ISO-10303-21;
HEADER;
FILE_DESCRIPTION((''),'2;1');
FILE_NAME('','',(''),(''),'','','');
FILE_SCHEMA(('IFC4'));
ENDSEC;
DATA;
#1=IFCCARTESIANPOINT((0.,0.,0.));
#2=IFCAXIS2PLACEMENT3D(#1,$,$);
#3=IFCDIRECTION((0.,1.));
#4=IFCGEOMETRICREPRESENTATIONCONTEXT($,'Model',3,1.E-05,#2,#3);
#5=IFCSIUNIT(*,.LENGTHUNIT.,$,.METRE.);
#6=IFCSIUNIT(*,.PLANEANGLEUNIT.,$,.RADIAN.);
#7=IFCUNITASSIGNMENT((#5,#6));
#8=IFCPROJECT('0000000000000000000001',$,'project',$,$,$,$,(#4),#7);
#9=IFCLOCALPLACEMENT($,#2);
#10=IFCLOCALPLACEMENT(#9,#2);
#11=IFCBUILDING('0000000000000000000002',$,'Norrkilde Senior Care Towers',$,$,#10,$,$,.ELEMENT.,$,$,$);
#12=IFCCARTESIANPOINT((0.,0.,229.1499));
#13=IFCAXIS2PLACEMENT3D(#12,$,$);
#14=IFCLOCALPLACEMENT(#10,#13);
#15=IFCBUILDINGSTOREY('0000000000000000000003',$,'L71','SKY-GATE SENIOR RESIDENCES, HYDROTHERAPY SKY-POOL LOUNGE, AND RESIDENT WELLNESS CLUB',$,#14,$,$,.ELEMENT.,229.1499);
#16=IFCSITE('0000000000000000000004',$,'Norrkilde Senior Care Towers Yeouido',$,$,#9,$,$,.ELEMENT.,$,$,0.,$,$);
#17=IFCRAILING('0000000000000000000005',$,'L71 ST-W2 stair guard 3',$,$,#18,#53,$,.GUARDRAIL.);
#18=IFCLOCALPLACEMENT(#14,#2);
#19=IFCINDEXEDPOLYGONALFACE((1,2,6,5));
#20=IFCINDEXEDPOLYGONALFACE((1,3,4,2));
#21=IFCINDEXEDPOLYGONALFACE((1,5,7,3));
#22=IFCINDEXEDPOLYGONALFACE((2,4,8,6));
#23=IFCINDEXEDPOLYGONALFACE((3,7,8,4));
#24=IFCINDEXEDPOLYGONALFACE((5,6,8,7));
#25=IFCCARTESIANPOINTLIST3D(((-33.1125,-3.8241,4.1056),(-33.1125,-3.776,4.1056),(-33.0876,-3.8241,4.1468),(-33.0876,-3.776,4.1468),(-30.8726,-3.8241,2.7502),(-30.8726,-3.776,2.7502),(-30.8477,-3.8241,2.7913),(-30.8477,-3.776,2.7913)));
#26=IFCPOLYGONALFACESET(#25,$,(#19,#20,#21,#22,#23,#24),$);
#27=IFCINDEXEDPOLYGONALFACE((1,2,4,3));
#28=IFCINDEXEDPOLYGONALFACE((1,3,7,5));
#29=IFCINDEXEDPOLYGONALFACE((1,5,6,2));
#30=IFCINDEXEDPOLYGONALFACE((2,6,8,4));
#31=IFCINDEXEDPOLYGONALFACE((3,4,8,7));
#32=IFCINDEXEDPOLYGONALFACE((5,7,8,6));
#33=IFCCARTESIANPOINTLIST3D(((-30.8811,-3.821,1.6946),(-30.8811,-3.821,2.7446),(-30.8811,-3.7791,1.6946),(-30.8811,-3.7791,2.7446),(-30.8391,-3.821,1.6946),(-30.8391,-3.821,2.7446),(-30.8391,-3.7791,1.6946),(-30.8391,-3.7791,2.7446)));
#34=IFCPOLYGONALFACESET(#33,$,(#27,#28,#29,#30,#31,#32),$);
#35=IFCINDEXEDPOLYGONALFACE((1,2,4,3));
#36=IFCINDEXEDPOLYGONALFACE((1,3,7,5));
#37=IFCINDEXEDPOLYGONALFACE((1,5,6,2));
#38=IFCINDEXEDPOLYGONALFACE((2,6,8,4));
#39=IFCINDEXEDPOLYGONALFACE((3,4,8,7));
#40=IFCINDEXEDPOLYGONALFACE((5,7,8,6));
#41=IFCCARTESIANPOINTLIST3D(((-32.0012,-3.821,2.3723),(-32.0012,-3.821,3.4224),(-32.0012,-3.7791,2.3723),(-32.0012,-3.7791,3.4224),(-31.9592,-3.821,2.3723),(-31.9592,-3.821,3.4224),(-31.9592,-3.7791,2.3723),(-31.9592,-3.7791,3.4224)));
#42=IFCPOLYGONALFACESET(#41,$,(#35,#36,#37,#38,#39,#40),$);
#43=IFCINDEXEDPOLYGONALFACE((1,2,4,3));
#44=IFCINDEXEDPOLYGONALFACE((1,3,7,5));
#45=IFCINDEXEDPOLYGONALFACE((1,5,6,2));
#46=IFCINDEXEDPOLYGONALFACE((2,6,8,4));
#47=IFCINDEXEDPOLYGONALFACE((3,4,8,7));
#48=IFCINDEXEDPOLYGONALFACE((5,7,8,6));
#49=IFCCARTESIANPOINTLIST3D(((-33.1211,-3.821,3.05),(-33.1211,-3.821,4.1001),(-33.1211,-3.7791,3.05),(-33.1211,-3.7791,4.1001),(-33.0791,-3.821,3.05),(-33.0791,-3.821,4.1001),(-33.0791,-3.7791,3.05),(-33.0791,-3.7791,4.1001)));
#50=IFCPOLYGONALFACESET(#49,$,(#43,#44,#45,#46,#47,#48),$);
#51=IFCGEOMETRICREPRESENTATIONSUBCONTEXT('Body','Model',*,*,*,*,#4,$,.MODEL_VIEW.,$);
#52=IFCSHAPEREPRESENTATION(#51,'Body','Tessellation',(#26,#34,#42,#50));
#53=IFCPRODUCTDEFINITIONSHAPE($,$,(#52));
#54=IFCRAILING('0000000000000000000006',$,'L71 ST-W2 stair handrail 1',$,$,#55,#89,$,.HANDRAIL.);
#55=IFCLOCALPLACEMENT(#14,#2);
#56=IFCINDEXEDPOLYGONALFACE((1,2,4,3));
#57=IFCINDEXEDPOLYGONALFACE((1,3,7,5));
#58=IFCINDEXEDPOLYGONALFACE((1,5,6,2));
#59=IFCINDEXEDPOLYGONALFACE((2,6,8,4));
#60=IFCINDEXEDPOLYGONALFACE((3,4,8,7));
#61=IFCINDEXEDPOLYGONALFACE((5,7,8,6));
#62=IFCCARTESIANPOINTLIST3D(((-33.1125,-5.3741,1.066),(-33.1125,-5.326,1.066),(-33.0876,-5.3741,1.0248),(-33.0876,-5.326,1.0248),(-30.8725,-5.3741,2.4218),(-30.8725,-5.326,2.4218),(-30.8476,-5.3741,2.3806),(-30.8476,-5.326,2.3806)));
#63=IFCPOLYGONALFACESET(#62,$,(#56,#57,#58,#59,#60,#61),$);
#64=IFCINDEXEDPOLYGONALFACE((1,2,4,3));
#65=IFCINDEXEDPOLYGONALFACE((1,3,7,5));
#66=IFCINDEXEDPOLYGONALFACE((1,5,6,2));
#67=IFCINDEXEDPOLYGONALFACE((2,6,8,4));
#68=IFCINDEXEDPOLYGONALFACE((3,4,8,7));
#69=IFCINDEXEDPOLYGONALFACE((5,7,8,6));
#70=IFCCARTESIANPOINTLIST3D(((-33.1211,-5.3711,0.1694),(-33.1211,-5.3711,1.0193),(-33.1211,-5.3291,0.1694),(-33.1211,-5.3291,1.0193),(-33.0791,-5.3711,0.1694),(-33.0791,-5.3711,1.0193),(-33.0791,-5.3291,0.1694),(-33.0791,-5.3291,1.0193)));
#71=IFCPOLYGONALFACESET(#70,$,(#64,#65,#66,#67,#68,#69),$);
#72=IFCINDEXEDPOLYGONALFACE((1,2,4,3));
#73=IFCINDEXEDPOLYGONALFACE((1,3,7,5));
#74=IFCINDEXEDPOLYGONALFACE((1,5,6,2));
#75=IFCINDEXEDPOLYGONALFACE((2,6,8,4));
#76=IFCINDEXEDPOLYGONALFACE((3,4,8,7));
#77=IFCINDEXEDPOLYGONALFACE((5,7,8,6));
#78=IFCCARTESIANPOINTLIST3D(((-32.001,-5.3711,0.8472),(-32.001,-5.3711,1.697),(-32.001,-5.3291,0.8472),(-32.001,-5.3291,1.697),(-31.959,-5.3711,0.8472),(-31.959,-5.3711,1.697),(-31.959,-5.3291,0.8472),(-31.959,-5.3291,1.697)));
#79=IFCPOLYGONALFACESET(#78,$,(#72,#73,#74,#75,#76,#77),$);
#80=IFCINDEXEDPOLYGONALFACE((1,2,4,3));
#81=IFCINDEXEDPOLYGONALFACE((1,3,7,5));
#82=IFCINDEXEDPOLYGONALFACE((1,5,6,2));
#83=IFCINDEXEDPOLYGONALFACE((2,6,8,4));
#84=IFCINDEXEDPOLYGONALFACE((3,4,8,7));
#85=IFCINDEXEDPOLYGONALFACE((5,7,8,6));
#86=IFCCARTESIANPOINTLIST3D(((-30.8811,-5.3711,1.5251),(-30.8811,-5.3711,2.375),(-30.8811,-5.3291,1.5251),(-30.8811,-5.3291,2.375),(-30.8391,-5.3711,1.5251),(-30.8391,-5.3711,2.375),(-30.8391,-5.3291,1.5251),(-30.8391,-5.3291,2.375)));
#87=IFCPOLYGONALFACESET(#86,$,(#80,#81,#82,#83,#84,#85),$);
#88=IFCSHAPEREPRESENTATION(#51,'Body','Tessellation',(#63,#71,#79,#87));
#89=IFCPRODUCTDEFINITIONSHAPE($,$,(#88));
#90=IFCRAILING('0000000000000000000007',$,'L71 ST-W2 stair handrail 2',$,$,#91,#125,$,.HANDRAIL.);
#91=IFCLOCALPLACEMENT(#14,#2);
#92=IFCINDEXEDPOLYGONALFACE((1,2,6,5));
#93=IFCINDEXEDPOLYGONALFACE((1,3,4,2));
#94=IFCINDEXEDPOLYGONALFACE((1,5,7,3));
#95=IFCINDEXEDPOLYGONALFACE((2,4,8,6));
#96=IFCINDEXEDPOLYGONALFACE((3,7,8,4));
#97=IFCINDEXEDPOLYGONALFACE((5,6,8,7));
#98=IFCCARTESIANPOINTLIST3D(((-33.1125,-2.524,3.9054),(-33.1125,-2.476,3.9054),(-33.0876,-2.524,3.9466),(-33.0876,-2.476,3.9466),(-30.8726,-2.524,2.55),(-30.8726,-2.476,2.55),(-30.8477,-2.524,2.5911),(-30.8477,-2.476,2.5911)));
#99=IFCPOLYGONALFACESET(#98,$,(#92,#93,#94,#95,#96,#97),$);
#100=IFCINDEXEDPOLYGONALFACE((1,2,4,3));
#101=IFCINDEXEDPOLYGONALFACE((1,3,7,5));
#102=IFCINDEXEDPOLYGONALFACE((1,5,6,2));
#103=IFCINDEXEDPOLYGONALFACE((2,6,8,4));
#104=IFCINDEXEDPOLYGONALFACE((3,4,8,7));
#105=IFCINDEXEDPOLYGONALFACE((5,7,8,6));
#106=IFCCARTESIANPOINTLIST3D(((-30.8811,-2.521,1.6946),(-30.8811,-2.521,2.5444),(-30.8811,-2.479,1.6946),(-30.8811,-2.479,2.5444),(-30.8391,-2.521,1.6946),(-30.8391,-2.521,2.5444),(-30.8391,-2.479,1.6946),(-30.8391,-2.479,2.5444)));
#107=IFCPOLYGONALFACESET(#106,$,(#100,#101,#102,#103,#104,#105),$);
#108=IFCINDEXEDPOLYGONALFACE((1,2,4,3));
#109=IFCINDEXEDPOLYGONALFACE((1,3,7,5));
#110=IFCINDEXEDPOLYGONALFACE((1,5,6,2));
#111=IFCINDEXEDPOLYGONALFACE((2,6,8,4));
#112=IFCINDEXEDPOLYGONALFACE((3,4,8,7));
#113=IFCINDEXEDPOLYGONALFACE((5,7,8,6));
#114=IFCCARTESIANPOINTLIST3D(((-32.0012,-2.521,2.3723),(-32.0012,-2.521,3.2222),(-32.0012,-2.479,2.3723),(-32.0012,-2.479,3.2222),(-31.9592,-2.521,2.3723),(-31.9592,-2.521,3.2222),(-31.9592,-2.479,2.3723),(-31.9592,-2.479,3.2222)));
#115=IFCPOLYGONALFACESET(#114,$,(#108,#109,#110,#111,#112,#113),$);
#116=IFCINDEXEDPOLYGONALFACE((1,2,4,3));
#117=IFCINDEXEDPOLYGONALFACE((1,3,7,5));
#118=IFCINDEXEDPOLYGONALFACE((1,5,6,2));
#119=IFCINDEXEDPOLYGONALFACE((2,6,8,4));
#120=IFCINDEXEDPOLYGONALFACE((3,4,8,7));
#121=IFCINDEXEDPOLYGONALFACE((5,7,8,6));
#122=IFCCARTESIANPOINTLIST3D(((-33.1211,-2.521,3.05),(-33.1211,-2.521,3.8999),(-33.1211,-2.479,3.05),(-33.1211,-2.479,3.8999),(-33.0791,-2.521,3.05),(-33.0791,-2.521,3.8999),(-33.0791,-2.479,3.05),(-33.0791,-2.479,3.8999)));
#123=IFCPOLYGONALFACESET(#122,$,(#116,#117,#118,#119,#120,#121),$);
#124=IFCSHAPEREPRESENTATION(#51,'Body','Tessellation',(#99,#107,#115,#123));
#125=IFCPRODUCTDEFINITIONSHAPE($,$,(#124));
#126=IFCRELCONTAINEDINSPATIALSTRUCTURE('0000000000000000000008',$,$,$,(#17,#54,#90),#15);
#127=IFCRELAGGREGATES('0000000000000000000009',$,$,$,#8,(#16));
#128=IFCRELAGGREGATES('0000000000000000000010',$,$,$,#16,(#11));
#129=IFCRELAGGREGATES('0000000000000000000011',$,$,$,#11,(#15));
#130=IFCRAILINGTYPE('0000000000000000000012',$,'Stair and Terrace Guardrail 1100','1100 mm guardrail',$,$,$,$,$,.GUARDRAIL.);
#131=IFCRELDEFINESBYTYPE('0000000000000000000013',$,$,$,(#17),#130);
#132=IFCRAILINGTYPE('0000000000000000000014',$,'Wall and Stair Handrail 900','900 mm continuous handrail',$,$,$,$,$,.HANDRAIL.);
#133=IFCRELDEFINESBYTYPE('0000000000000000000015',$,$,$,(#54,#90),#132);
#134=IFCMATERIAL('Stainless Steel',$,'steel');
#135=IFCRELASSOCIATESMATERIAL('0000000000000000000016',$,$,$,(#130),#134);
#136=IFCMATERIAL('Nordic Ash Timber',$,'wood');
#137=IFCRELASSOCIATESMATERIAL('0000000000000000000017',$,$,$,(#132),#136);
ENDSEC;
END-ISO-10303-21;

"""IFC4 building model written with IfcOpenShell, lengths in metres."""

from ifc_helpers import new_model, si_unit, direction, frame, origin, origin_2d, place, context, subcontext, project, spatial, rectangle, extrude, material, type_object, element, save


model = new_model("IFC4")

# Units and contexts
model_context = context("Model", 3, precision=1e-05, world=origin(), true_north=direction((0.0, 1.0)))
body_context = subcontext(model_context, "Body", "Model", "MODEL_VIEW")
ifc_project = project(units=[si_unit("LENGTHUNIT", "METRE"), si_unit("PLANEANGLEUNIT", "RADIAN")], contexts=[model_context])

# Site, building, storey
site_placement = place(None, origin())
site = spatial("IfcSite", under=ifc_project, at=site_placement, Name="Norrkilde Senior Care Towers Yeouido", CompositionType="ELEMENT", RefElevation=0.0)
building_placement = place(site_placement, origin())
building = spatial("IfcBuilding", under=site, at=building_placement, Name="Norrkilde Senior Care Towers", CompositionType="ELEMENT")
storey_placement = place(building_placement, frame((0.0, 0.0, 229.1499)))
storey = spatial("IfcBuildingStorey", under=building, at=storey_placement, Name="L71", Description="SKY-GATE SENIOR RESIDENCES, HYDROTHERAPY SKY-POOL LOUNGE, AND RESIDENT WELLNESS CLUB", CompositionType="ELEMENT", Elevation=229.1499)

# Shared definitions
ifc_material_1 = material(Name="Stainless Steel", Category="steel")

# Railings
railing_type_1 = type_object("IfcRailingType", Name="Stair and Terrace Guardrail 1100", Description="1100 mm guardrail", PredefinedType="GUARDRAIL", material=ifc_material_1)
railing_1_placement = place(storey_placement, frame((-30.8601, -3.8, 1.6946)))
element("IfcRailing", 1, at=railing_1_placement, inside=storey, type_object=railing_type_1, Name="L71 ST-W2 stair guard 3", PredefinedType="GUARDRAIL", context=body_context, shape_type="SweptSolid", body=[
    extrude(rectangle(XDim=0.0481, YDim=0.0481, at=origin_2d()), frame((0.0, 0.0, 1.0762), z_axis=(-0.855553, 0.0, 0.517715), x_axis=(0.0, -1.0, 0.0)), (0.0, 0.0, 1.0), 2.6182),
    extrude(rectangle(XDim=0.042, YDim=0.042, at=origin_2d()), origin(), (0.0, 0.0, 1.0), 1.05),
    extrude(rectangle(XDim=0.042, YDim=0.042, at=origin_2d()), frame((-1.1201, 0.0, 0.6777)), (0.0, 0.0, 1.0), 1.05),
    extrude(rectangle(XDim=0.042, YDim=0.042, at=origin_2d()), frame((-2.24, 0.0, 1.3555)), (0.0, 0.0, 1.0), 1.05),
])
ifc_material_2 = material(Name="Nordic Ash Timber", Category="wood")
railing_type_2 = type_object("IfcRailingType", Name="Wall and Stair Handrail 900", Description="900 mm continuous handrail", PredefinedType="HANDRAIL", material=ifc_material_2)
railing_2_placement = place(storey_placement, frame((-33.1001, -5.3501, 0.1694)))
element("IfcRailing", 2, at=railing_2_placement, inside=storey, type_object=railing_type_2, Name="L71 ST-W2 stair handrail 1", PredefinedType="HANDRAIL", context=body_context, shape_type="SweptSolid", body=[
    extrude(rectangle(XDim=0.0481, YDim=0.0481, at=origin_2d()), frame((0.0, 0.0, 0.876), z_axis=(0.855512, 0.0, 0.517783), x_axis=(0.0, 1.0, 0.0)), (0.0, 0.0, 1.0), 2.6184),
    extrude(rectangle(XDim=0.042, YDim=0.042, at=origin_2d()), origin(), (0.0, 0.0, 1.0), 0.8499),
    extrude(rectangle(XDim=0.042, YDim=0.042, at=origin_2d()), frame((1.1201, 0.0, 0.6777)), (0.0, 0.0, 1.0), 0.8499),
    extrude(rectangle(XDim=0.042, YDim=0.042, at=origin_2d()), frame((2.24, 0.0, 1.3557)), (0.0, 0.0, 1.0), 0.8499),
])
railing_3_placement = place(storey_placement, frame((-30.8601, -2.5, 1.6946)))
element("IfcRailing", 3, at=railing_3_placement, inside=storey, type_object=railing_type_2, Name="L71 ST-W2 stair handrail 2", PredefinedType="HANDRAIL", context=body_context, shape_type="SweptSolid", body=[
    extrude(rectangle(XDim=0.0481, YDim=0.0481, at=origin_2d()), frame((0.0, 0.0, 0.876), z_axis=(-0.855553, 0.0, 0.517715), x_axis=(0.0, -1.0, 0.0)), (0.0, 0.0, 1.0), 2.6182),
    extrude(rectangle(XDim=0.042, YDim=0.042, at=origin_2d()), origin(), (0.0, 0.0, 1.0), 0.8499),
    extrude(rectangle(XDim=0.042, YDim=0.042, at=origin_2d()), frame((-1.1201, 0.0, 0.6777)), (0.0, 0.0, 1.0), 0.8499),
    extrude(rectangle(XDim=0.042, YDim=0.042, at=origin_2d()), frame((-2.24, 0.0, 1.3555)), (0.0, 0.0, 1.0), 0.8499),
])

save(model, "model.ifc")
